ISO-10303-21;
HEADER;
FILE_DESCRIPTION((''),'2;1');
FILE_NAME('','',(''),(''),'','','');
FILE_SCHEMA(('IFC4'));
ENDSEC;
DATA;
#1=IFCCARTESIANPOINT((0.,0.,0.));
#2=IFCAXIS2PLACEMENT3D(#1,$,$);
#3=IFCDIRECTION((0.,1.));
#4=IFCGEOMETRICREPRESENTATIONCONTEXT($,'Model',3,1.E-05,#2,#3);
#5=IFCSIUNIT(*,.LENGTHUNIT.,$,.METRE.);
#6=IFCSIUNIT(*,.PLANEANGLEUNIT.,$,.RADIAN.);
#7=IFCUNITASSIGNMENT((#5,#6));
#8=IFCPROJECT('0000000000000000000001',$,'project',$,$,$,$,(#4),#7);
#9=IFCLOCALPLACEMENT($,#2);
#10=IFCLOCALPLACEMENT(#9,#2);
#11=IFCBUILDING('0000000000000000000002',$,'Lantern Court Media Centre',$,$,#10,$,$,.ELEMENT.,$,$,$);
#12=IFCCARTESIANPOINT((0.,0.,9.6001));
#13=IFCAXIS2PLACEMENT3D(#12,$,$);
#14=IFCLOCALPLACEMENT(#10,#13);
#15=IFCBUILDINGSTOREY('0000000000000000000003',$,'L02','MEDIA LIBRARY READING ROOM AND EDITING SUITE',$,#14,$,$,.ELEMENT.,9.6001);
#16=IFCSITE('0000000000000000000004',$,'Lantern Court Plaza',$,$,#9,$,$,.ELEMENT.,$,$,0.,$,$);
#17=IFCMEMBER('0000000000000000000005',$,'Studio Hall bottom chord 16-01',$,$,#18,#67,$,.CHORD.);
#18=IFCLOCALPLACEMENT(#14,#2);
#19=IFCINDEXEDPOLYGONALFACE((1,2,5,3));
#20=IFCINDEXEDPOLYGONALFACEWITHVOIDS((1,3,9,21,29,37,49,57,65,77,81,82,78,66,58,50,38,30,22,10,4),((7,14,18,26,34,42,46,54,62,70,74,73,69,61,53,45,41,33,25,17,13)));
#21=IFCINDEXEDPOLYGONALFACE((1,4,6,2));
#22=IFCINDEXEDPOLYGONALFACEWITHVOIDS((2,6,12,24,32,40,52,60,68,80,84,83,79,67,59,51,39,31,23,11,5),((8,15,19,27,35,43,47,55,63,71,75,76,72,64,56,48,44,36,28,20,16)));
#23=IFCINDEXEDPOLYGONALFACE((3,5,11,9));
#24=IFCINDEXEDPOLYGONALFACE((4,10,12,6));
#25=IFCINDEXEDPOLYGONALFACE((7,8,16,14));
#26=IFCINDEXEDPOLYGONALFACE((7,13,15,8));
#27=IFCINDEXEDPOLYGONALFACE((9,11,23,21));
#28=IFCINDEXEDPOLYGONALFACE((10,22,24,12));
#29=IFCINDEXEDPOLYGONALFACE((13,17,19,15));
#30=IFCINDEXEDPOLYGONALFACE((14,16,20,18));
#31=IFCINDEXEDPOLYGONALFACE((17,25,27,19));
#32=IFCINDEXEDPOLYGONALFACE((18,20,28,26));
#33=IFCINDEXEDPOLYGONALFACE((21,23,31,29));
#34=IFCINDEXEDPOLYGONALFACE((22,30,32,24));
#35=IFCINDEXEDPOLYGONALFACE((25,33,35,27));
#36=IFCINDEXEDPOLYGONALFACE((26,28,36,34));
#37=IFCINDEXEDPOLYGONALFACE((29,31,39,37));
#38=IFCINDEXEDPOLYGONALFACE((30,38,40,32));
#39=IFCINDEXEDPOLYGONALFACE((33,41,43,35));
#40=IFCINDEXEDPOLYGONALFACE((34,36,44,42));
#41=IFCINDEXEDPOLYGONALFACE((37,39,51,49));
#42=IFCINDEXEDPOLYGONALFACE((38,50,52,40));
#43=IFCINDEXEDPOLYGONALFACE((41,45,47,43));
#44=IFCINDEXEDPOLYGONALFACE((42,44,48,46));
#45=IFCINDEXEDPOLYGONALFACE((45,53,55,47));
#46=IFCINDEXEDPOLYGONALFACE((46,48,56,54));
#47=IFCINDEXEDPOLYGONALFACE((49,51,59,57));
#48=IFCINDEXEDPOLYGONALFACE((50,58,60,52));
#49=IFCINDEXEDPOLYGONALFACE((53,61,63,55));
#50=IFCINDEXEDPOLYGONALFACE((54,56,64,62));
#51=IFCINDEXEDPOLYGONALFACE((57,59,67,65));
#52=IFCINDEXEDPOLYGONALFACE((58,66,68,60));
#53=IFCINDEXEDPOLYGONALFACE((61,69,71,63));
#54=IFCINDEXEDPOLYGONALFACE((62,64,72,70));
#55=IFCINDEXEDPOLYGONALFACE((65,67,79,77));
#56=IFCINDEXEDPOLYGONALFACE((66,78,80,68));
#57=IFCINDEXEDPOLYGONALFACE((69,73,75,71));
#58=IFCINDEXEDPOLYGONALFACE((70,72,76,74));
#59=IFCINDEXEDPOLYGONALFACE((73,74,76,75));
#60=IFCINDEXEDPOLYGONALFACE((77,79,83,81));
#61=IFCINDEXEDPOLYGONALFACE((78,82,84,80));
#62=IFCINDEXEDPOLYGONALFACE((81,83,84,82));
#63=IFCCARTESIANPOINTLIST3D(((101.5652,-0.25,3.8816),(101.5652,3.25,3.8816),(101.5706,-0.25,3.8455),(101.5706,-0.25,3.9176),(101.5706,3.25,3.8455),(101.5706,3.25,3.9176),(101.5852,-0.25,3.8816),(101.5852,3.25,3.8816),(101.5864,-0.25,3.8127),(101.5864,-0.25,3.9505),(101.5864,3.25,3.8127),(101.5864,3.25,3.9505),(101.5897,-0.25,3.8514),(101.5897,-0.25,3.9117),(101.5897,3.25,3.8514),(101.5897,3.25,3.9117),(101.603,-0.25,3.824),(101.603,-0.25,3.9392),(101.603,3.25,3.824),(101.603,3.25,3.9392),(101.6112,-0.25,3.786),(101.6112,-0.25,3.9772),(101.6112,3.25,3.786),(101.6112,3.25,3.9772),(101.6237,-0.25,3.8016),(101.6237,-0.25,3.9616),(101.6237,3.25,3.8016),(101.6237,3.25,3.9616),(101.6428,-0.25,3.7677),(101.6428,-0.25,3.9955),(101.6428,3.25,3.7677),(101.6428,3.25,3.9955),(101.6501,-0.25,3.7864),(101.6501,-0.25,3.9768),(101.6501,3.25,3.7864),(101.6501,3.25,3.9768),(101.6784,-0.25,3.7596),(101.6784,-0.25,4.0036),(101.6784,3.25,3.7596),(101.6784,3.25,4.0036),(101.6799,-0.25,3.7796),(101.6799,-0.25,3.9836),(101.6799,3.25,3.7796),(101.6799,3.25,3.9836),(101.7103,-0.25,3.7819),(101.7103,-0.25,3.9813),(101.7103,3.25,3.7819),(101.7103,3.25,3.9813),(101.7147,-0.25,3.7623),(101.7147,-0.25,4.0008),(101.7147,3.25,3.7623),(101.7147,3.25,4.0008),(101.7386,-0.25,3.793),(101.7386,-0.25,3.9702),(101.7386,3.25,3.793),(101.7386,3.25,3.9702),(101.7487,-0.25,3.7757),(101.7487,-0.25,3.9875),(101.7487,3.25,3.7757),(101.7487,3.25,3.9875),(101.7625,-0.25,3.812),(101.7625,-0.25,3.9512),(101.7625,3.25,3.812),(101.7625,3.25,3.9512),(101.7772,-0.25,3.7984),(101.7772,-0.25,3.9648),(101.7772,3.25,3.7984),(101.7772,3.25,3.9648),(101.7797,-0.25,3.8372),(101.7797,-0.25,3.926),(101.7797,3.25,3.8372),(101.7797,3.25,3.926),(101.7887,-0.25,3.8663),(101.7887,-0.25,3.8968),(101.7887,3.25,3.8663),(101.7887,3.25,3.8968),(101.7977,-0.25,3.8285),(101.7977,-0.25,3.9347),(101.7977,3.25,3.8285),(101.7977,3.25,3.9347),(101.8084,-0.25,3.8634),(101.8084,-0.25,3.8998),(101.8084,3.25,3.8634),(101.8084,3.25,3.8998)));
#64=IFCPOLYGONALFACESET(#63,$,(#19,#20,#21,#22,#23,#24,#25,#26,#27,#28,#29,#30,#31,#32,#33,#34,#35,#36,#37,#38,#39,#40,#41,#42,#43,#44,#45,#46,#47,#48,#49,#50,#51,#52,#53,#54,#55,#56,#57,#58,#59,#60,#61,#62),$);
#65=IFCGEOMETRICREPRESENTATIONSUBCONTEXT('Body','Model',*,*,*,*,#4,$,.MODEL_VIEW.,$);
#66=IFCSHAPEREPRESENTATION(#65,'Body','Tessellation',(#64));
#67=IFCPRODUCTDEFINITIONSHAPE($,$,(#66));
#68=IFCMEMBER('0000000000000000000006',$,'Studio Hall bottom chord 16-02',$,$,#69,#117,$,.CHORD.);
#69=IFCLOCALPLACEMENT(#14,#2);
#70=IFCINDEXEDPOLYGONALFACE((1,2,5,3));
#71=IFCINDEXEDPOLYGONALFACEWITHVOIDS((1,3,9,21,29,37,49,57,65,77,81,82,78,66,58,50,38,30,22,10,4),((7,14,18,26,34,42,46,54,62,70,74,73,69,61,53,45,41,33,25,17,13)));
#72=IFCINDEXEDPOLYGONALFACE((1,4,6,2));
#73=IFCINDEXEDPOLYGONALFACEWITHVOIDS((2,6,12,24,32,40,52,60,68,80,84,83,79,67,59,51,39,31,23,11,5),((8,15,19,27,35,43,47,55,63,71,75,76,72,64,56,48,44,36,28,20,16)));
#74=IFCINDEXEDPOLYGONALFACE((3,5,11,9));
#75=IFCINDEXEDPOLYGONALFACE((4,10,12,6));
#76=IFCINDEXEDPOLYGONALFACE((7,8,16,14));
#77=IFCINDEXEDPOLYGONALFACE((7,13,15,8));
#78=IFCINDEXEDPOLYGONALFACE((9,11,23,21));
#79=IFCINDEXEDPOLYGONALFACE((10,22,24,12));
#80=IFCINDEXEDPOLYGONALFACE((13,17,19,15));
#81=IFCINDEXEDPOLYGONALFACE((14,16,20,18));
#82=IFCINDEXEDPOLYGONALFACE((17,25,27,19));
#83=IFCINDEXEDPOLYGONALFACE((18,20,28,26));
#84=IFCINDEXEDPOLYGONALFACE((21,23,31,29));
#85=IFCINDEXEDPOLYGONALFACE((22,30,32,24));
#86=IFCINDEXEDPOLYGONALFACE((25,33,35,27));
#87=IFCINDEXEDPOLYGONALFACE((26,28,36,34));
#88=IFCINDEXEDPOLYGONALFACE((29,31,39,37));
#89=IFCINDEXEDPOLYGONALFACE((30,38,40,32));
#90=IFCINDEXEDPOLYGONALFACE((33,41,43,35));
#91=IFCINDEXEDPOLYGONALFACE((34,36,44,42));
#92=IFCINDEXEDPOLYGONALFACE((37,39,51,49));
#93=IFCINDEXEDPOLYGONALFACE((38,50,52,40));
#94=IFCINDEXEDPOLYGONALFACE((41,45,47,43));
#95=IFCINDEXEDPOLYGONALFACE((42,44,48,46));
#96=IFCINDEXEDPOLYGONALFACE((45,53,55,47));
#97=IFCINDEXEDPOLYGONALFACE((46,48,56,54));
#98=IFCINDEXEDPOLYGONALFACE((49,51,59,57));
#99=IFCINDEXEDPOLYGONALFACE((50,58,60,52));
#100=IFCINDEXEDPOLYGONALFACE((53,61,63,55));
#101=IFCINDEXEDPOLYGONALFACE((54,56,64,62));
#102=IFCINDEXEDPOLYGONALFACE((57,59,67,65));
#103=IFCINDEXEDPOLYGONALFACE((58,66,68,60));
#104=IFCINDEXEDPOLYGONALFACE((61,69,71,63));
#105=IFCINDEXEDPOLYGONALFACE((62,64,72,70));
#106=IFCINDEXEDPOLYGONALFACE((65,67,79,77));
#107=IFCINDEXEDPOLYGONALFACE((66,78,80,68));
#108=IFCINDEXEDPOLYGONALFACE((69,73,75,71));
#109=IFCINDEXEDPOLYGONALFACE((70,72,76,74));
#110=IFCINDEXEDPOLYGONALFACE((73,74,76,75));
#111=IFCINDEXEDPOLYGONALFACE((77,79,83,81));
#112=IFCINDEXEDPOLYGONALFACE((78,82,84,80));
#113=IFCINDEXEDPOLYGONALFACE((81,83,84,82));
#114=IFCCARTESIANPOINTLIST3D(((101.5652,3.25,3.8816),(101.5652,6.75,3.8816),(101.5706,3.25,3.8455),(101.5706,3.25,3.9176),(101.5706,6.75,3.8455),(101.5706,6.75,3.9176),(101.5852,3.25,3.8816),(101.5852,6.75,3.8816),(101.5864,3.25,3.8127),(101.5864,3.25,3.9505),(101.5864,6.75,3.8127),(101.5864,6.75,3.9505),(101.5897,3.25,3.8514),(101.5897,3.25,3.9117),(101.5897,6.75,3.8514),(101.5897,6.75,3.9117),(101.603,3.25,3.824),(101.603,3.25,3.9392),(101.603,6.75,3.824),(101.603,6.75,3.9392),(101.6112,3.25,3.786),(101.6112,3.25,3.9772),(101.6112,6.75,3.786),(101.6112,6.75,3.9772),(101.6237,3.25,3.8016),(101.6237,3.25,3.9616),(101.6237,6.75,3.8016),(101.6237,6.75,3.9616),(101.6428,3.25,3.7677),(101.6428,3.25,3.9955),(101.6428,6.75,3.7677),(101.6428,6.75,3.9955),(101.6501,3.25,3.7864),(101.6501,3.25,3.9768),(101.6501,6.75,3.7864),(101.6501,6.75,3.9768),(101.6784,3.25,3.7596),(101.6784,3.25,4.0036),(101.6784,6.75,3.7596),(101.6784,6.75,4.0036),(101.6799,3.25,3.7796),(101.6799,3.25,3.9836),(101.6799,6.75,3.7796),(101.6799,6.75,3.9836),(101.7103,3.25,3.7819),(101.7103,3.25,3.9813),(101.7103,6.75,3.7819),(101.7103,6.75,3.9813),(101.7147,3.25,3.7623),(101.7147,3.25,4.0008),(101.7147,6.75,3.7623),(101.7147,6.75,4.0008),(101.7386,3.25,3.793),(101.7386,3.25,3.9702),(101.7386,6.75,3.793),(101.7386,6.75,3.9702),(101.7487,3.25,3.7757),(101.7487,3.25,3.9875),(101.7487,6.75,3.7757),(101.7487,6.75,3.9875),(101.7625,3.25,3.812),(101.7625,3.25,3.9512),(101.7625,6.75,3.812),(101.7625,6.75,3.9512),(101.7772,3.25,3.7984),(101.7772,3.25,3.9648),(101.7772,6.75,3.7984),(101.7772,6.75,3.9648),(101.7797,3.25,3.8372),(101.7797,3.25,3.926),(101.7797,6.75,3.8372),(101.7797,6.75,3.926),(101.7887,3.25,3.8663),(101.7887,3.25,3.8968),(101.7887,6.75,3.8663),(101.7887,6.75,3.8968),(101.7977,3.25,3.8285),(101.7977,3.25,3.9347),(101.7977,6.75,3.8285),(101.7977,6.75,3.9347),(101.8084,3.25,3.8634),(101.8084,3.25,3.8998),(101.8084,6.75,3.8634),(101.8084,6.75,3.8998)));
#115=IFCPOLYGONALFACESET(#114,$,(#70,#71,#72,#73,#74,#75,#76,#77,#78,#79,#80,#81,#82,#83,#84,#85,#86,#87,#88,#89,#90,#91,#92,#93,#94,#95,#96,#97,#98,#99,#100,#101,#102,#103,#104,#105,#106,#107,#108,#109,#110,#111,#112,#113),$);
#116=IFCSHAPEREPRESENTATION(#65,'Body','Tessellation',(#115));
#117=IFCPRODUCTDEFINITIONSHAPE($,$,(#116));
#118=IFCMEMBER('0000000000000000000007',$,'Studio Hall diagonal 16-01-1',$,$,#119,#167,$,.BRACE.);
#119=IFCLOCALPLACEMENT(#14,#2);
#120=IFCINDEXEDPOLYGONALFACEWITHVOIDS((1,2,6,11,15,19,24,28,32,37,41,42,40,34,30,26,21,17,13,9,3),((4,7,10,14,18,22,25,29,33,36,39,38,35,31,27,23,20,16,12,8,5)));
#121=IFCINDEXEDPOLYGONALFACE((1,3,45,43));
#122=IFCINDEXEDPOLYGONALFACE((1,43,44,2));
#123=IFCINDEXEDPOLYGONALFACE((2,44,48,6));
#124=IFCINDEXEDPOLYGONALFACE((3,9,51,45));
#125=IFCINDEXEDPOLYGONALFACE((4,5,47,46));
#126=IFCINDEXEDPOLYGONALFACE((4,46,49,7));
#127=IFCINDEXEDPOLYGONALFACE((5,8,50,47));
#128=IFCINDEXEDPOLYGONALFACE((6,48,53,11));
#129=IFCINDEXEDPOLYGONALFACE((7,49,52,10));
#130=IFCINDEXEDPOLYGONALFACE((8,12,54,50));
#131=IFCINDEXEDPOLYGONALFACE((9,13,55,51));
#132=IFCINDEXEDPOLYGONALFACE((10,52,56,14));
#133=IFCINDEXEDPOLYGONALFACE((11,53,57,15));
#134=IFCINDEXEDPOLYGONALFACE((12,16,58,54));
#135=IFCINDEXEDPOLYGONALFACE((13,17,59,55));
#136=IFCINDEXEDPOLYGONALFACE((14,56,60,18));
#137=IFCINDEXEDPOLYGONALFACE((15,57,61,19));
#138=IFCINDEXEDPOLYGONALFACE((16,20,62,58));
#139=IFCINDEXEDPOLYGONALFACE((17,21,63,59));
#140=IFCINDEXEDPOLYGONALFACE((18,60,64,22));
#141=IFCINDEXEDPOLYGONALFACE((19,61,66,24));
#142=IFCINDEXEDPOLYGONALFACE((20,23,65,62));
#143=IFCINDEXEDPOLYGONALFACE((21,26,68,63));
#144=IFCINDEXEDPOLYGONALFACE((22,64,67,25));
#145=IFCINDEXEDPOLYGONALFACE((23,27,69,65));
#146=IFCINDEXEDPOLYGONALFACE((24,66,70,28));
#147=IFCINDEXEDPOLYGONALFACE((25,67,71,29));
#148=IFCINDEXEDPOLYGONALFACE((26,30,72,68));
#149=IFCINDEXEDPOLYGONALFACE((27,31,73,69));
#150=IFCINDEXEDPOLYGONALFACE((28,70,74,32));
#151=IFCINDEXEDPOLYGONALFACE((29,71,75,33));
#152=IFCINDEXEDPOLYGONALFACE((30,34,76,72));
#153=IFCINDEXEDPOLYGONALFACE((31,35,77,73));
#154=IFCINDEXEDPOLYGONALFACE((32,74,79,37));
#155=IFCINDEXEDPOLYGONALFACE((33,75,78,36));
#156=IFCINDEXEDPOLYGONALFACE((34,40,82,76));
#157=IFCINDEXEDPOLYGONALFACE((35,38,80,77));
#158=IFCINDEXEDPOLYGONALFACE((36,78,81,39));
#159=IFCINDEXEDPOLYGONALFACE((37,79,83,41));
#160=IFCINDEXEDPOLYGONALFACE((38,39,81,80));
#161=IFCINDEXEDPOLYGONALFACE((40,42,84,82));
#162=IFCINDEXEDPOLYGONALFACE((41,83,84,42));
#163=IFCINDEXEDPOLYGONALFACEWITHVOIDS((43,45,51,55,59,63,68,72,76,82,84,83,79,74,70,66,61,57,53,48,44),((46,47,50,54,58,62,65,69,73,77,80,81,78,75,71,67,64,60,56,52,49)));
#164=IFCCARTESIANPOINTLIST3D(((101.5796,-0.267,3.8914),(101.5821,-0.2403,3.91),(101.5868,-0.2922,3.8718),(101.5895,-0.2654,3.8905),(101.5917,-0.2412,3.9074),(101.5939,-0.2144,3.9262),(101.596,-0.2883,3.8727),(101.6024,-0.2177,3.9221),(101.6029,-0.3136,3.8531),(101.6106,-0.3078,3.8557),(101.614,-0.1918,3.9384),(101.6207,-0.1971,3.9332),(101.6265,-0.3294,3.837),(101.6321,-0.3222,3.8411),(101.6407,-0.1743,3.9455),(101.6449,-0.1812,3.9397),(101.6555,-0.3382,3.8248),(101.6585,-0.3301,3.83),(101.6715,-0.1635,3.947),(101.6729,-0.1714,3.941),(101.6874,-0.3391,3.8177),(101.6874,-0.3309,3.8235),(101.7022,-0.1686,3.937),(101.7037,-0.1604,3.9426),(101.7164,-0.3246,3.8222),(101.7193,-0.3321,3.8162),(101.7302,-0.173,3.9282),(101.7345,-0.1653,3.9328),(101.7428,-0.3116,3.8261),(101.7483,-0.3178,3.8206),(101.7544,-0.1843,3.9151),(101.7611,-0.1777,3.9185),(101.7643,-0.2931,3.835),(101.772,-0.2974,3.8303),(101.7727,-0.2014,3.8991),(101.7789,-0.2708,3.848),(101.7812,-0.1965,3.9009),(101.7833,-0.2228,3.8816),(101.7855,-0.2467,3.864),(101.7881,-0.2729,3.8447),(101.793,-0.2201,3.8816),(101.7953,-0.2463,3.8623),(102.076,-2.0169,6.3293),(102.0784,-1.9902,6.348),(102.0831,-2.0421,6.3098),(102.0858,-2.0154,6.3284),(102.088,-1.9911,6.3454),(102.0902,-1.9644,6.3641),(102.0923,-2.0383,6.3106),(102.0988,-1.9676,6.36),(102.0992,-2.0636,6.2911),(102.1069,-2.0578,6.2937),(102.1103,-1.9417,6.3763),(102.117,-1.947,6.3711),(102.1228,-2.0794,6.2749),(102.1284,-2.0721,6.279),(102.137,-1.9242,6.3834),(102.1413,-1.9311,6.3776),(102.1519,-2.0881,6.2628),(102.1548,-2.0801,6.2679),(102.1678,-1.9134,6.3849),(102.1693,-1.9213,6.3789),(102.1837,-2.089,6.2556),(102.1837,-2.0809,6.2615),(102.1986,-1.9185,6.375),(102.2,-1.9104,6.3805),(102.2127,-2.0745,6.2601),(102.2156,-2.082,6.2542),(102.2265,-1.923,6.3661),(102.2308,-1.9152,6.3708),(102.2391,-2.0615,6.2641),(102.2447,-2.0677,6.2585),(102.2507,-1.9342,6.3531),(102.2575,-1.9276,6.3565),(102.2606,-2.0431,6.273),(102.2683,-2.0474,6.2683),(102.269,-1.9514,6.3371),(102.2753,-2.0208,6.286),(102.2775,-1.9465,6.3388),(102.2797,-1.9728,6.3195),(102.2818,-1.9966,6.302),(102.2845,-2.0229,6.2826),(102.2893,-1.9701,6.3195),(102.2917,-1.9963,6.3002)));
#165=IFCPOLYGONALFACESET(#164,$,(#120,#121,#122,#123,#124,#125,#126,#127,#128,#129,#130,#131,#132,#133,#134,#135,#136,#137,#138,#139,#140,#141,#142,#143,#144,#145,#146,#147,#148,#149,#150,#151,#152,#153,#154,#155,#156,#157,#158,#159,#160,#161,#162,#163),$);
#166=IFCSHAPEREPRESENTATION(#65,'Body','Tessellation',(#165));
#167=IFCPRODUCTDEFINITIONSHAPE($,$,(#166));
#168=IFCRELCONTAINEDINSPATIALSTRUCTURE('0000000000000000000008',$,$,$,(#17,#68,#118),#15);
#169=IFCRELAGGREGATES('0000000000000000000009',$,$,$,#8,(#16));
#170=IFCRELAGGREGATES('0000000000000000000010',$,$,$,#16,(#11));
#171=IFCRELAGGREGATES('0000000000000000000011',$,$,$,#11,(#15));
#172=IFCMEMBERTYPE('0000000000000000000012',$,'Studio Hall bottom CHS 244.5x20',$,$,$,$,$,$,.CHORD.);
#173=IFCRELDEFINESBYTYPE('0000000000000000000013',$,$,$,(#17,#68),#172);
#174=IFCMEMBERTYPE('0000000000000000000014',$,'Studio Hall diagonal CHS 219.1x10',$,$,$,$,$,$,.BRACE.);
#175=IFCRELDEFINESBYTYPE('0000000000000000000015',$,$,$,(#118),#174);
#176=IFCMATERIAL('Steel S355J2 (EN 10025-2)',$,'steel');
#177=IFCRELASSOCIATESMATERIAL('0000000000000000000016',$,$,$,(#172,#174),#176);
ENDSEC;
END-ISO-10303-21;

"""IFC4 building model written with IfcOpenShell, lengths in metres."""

from ifc_helpers import new_model, si_unit, direction, frame, origin, origin_2d, place, context, subcontext, project, spatial, hollow_circle, extrude, material, material_profile, profile_set, type_object, element, save


model = new_model("IFC4")

# Units and contexts
model_context = context("Model", 3, precision=1e-05, world=origin(), true_north=direction((0.0, 1.0)))
body_context = subcontext(model_context, "Body", "Model", "MODEL_VIEW")
ifc_project = project(units=[si_unit("LENGTHUNIT", "METRE"), si_unit("PLANEANGLEUNIT", "RADIAN")], contexts=[model_context])

# Site, building, storey
site_placement = place(None, origin())
site = spatial("IfcSite", under=ifc_project, at=site_placement, Name="Lantern Court Plaza", CompositionType="ELEMENT", RefElevation=0.0)
building_placement = place(site_placement, origin())
building = spatial("IfcBuilding", under=site, at=building_placement, Name="Lantern Court Media Centre", CompositionType="ELEMENT")
storey_placement = place(building_placement, frame((0.0, 0.0, 9.6001)))
storey = spatial("IfcBuildingStorey", under=building, at=storey_placement, Name="L02", Description="MEDIA LIBRARY READING ROOM AND EDITING SUITE", CompositionType="ELEMENT", Elevation=9.6001)

# Shared definitions
ifc_material_1 = material(Name="Steel S355J2 (EN 10025-2)", Category="steel")

# Members
ifc_material_profile_1 = material_profile(ifc_material_1, hollow_circle(Radius=0.1223, WallThickness=0.02, at=origin_2d()), Name="Studio Hall bottom CHS 244.5x20")
ifc_profile_set_1 = profile_set([ifc_material_profile_1], Name="Steel S355J2 (EN 10025-2)")
member_type_1 = type_object("IfcMemberType", Name="Studio Hall bottom CHS 244.5x20", PredefinedType="CHORD", material=ifc_profile_set_1)
for number, where, z_axis, x_axis, name in (
    (1, (101.6875, -0.25, 3.8816), (0.0, 1.0, 0.0), (-1.0, 0.0, 0.0), "Studio Hall bottom chord 16-01"),
    (2, (101.6875, 3.25, 3.8816), (0.0, 1.0, 0.0), (-1.0, 0.0, 0.0), "Studio Hall bottom chord 16-02"),
):
    element("IfcMember", number, at=place(storey_placement, frame(where, z_axis=z_axis, x_axis=x_axis)), inside=storey, type_object=member_type_1, Name=name, PredefinedType="CHORD", context=body_context, shape_type="SweptSolid", body=[
        extrude(hollow_circle(Radius=0.1223, WallThickness=0.02, at=origin_2d()), origin(), (0.0, 0.0, 1.0), 3.5),
    ])
ifc_material_profile_2 = material_profile(ifc_material_1, hollow_circle(Radius=0.1096, WallThickness=0.01, at=origin_2d()), Name="Studio Hall diagonal CHS 219.1x10")
ifc_profile_set_2 = profile_set([ifc_material_profile_2], Name="Steel S355J2 (EN 10025-2)")
member_type_2 = type_object("IfcMemberType", Name="Studio Hall diagonal CHS 219.1x10", PredefinedType="BRACE", material=ifc_profile_set_2)
member_1_placement = place(storey_placement, frame((101.6875, -0.25, 3.8816), z_axis=(0.163172, -0.575314, 0.801491), x_axis=(0.962054, 0.272859, 0.0)))
element("IfcMember", 3, at=member_1_placement, inside=storey, type_object=member_type_2, Name="Studio Hall diagonal 16-01-1", PredefinedType="BRACE", context=body_context, shape_type="SweptSolid", body=[
    extrude(hollow_circle(Radius=0.1096, WallThickness=0.01, at=origin_2d()), origin(), (0.0, 0.0, 1.0), 3.0417),
])

save(model, "model.ifc")
